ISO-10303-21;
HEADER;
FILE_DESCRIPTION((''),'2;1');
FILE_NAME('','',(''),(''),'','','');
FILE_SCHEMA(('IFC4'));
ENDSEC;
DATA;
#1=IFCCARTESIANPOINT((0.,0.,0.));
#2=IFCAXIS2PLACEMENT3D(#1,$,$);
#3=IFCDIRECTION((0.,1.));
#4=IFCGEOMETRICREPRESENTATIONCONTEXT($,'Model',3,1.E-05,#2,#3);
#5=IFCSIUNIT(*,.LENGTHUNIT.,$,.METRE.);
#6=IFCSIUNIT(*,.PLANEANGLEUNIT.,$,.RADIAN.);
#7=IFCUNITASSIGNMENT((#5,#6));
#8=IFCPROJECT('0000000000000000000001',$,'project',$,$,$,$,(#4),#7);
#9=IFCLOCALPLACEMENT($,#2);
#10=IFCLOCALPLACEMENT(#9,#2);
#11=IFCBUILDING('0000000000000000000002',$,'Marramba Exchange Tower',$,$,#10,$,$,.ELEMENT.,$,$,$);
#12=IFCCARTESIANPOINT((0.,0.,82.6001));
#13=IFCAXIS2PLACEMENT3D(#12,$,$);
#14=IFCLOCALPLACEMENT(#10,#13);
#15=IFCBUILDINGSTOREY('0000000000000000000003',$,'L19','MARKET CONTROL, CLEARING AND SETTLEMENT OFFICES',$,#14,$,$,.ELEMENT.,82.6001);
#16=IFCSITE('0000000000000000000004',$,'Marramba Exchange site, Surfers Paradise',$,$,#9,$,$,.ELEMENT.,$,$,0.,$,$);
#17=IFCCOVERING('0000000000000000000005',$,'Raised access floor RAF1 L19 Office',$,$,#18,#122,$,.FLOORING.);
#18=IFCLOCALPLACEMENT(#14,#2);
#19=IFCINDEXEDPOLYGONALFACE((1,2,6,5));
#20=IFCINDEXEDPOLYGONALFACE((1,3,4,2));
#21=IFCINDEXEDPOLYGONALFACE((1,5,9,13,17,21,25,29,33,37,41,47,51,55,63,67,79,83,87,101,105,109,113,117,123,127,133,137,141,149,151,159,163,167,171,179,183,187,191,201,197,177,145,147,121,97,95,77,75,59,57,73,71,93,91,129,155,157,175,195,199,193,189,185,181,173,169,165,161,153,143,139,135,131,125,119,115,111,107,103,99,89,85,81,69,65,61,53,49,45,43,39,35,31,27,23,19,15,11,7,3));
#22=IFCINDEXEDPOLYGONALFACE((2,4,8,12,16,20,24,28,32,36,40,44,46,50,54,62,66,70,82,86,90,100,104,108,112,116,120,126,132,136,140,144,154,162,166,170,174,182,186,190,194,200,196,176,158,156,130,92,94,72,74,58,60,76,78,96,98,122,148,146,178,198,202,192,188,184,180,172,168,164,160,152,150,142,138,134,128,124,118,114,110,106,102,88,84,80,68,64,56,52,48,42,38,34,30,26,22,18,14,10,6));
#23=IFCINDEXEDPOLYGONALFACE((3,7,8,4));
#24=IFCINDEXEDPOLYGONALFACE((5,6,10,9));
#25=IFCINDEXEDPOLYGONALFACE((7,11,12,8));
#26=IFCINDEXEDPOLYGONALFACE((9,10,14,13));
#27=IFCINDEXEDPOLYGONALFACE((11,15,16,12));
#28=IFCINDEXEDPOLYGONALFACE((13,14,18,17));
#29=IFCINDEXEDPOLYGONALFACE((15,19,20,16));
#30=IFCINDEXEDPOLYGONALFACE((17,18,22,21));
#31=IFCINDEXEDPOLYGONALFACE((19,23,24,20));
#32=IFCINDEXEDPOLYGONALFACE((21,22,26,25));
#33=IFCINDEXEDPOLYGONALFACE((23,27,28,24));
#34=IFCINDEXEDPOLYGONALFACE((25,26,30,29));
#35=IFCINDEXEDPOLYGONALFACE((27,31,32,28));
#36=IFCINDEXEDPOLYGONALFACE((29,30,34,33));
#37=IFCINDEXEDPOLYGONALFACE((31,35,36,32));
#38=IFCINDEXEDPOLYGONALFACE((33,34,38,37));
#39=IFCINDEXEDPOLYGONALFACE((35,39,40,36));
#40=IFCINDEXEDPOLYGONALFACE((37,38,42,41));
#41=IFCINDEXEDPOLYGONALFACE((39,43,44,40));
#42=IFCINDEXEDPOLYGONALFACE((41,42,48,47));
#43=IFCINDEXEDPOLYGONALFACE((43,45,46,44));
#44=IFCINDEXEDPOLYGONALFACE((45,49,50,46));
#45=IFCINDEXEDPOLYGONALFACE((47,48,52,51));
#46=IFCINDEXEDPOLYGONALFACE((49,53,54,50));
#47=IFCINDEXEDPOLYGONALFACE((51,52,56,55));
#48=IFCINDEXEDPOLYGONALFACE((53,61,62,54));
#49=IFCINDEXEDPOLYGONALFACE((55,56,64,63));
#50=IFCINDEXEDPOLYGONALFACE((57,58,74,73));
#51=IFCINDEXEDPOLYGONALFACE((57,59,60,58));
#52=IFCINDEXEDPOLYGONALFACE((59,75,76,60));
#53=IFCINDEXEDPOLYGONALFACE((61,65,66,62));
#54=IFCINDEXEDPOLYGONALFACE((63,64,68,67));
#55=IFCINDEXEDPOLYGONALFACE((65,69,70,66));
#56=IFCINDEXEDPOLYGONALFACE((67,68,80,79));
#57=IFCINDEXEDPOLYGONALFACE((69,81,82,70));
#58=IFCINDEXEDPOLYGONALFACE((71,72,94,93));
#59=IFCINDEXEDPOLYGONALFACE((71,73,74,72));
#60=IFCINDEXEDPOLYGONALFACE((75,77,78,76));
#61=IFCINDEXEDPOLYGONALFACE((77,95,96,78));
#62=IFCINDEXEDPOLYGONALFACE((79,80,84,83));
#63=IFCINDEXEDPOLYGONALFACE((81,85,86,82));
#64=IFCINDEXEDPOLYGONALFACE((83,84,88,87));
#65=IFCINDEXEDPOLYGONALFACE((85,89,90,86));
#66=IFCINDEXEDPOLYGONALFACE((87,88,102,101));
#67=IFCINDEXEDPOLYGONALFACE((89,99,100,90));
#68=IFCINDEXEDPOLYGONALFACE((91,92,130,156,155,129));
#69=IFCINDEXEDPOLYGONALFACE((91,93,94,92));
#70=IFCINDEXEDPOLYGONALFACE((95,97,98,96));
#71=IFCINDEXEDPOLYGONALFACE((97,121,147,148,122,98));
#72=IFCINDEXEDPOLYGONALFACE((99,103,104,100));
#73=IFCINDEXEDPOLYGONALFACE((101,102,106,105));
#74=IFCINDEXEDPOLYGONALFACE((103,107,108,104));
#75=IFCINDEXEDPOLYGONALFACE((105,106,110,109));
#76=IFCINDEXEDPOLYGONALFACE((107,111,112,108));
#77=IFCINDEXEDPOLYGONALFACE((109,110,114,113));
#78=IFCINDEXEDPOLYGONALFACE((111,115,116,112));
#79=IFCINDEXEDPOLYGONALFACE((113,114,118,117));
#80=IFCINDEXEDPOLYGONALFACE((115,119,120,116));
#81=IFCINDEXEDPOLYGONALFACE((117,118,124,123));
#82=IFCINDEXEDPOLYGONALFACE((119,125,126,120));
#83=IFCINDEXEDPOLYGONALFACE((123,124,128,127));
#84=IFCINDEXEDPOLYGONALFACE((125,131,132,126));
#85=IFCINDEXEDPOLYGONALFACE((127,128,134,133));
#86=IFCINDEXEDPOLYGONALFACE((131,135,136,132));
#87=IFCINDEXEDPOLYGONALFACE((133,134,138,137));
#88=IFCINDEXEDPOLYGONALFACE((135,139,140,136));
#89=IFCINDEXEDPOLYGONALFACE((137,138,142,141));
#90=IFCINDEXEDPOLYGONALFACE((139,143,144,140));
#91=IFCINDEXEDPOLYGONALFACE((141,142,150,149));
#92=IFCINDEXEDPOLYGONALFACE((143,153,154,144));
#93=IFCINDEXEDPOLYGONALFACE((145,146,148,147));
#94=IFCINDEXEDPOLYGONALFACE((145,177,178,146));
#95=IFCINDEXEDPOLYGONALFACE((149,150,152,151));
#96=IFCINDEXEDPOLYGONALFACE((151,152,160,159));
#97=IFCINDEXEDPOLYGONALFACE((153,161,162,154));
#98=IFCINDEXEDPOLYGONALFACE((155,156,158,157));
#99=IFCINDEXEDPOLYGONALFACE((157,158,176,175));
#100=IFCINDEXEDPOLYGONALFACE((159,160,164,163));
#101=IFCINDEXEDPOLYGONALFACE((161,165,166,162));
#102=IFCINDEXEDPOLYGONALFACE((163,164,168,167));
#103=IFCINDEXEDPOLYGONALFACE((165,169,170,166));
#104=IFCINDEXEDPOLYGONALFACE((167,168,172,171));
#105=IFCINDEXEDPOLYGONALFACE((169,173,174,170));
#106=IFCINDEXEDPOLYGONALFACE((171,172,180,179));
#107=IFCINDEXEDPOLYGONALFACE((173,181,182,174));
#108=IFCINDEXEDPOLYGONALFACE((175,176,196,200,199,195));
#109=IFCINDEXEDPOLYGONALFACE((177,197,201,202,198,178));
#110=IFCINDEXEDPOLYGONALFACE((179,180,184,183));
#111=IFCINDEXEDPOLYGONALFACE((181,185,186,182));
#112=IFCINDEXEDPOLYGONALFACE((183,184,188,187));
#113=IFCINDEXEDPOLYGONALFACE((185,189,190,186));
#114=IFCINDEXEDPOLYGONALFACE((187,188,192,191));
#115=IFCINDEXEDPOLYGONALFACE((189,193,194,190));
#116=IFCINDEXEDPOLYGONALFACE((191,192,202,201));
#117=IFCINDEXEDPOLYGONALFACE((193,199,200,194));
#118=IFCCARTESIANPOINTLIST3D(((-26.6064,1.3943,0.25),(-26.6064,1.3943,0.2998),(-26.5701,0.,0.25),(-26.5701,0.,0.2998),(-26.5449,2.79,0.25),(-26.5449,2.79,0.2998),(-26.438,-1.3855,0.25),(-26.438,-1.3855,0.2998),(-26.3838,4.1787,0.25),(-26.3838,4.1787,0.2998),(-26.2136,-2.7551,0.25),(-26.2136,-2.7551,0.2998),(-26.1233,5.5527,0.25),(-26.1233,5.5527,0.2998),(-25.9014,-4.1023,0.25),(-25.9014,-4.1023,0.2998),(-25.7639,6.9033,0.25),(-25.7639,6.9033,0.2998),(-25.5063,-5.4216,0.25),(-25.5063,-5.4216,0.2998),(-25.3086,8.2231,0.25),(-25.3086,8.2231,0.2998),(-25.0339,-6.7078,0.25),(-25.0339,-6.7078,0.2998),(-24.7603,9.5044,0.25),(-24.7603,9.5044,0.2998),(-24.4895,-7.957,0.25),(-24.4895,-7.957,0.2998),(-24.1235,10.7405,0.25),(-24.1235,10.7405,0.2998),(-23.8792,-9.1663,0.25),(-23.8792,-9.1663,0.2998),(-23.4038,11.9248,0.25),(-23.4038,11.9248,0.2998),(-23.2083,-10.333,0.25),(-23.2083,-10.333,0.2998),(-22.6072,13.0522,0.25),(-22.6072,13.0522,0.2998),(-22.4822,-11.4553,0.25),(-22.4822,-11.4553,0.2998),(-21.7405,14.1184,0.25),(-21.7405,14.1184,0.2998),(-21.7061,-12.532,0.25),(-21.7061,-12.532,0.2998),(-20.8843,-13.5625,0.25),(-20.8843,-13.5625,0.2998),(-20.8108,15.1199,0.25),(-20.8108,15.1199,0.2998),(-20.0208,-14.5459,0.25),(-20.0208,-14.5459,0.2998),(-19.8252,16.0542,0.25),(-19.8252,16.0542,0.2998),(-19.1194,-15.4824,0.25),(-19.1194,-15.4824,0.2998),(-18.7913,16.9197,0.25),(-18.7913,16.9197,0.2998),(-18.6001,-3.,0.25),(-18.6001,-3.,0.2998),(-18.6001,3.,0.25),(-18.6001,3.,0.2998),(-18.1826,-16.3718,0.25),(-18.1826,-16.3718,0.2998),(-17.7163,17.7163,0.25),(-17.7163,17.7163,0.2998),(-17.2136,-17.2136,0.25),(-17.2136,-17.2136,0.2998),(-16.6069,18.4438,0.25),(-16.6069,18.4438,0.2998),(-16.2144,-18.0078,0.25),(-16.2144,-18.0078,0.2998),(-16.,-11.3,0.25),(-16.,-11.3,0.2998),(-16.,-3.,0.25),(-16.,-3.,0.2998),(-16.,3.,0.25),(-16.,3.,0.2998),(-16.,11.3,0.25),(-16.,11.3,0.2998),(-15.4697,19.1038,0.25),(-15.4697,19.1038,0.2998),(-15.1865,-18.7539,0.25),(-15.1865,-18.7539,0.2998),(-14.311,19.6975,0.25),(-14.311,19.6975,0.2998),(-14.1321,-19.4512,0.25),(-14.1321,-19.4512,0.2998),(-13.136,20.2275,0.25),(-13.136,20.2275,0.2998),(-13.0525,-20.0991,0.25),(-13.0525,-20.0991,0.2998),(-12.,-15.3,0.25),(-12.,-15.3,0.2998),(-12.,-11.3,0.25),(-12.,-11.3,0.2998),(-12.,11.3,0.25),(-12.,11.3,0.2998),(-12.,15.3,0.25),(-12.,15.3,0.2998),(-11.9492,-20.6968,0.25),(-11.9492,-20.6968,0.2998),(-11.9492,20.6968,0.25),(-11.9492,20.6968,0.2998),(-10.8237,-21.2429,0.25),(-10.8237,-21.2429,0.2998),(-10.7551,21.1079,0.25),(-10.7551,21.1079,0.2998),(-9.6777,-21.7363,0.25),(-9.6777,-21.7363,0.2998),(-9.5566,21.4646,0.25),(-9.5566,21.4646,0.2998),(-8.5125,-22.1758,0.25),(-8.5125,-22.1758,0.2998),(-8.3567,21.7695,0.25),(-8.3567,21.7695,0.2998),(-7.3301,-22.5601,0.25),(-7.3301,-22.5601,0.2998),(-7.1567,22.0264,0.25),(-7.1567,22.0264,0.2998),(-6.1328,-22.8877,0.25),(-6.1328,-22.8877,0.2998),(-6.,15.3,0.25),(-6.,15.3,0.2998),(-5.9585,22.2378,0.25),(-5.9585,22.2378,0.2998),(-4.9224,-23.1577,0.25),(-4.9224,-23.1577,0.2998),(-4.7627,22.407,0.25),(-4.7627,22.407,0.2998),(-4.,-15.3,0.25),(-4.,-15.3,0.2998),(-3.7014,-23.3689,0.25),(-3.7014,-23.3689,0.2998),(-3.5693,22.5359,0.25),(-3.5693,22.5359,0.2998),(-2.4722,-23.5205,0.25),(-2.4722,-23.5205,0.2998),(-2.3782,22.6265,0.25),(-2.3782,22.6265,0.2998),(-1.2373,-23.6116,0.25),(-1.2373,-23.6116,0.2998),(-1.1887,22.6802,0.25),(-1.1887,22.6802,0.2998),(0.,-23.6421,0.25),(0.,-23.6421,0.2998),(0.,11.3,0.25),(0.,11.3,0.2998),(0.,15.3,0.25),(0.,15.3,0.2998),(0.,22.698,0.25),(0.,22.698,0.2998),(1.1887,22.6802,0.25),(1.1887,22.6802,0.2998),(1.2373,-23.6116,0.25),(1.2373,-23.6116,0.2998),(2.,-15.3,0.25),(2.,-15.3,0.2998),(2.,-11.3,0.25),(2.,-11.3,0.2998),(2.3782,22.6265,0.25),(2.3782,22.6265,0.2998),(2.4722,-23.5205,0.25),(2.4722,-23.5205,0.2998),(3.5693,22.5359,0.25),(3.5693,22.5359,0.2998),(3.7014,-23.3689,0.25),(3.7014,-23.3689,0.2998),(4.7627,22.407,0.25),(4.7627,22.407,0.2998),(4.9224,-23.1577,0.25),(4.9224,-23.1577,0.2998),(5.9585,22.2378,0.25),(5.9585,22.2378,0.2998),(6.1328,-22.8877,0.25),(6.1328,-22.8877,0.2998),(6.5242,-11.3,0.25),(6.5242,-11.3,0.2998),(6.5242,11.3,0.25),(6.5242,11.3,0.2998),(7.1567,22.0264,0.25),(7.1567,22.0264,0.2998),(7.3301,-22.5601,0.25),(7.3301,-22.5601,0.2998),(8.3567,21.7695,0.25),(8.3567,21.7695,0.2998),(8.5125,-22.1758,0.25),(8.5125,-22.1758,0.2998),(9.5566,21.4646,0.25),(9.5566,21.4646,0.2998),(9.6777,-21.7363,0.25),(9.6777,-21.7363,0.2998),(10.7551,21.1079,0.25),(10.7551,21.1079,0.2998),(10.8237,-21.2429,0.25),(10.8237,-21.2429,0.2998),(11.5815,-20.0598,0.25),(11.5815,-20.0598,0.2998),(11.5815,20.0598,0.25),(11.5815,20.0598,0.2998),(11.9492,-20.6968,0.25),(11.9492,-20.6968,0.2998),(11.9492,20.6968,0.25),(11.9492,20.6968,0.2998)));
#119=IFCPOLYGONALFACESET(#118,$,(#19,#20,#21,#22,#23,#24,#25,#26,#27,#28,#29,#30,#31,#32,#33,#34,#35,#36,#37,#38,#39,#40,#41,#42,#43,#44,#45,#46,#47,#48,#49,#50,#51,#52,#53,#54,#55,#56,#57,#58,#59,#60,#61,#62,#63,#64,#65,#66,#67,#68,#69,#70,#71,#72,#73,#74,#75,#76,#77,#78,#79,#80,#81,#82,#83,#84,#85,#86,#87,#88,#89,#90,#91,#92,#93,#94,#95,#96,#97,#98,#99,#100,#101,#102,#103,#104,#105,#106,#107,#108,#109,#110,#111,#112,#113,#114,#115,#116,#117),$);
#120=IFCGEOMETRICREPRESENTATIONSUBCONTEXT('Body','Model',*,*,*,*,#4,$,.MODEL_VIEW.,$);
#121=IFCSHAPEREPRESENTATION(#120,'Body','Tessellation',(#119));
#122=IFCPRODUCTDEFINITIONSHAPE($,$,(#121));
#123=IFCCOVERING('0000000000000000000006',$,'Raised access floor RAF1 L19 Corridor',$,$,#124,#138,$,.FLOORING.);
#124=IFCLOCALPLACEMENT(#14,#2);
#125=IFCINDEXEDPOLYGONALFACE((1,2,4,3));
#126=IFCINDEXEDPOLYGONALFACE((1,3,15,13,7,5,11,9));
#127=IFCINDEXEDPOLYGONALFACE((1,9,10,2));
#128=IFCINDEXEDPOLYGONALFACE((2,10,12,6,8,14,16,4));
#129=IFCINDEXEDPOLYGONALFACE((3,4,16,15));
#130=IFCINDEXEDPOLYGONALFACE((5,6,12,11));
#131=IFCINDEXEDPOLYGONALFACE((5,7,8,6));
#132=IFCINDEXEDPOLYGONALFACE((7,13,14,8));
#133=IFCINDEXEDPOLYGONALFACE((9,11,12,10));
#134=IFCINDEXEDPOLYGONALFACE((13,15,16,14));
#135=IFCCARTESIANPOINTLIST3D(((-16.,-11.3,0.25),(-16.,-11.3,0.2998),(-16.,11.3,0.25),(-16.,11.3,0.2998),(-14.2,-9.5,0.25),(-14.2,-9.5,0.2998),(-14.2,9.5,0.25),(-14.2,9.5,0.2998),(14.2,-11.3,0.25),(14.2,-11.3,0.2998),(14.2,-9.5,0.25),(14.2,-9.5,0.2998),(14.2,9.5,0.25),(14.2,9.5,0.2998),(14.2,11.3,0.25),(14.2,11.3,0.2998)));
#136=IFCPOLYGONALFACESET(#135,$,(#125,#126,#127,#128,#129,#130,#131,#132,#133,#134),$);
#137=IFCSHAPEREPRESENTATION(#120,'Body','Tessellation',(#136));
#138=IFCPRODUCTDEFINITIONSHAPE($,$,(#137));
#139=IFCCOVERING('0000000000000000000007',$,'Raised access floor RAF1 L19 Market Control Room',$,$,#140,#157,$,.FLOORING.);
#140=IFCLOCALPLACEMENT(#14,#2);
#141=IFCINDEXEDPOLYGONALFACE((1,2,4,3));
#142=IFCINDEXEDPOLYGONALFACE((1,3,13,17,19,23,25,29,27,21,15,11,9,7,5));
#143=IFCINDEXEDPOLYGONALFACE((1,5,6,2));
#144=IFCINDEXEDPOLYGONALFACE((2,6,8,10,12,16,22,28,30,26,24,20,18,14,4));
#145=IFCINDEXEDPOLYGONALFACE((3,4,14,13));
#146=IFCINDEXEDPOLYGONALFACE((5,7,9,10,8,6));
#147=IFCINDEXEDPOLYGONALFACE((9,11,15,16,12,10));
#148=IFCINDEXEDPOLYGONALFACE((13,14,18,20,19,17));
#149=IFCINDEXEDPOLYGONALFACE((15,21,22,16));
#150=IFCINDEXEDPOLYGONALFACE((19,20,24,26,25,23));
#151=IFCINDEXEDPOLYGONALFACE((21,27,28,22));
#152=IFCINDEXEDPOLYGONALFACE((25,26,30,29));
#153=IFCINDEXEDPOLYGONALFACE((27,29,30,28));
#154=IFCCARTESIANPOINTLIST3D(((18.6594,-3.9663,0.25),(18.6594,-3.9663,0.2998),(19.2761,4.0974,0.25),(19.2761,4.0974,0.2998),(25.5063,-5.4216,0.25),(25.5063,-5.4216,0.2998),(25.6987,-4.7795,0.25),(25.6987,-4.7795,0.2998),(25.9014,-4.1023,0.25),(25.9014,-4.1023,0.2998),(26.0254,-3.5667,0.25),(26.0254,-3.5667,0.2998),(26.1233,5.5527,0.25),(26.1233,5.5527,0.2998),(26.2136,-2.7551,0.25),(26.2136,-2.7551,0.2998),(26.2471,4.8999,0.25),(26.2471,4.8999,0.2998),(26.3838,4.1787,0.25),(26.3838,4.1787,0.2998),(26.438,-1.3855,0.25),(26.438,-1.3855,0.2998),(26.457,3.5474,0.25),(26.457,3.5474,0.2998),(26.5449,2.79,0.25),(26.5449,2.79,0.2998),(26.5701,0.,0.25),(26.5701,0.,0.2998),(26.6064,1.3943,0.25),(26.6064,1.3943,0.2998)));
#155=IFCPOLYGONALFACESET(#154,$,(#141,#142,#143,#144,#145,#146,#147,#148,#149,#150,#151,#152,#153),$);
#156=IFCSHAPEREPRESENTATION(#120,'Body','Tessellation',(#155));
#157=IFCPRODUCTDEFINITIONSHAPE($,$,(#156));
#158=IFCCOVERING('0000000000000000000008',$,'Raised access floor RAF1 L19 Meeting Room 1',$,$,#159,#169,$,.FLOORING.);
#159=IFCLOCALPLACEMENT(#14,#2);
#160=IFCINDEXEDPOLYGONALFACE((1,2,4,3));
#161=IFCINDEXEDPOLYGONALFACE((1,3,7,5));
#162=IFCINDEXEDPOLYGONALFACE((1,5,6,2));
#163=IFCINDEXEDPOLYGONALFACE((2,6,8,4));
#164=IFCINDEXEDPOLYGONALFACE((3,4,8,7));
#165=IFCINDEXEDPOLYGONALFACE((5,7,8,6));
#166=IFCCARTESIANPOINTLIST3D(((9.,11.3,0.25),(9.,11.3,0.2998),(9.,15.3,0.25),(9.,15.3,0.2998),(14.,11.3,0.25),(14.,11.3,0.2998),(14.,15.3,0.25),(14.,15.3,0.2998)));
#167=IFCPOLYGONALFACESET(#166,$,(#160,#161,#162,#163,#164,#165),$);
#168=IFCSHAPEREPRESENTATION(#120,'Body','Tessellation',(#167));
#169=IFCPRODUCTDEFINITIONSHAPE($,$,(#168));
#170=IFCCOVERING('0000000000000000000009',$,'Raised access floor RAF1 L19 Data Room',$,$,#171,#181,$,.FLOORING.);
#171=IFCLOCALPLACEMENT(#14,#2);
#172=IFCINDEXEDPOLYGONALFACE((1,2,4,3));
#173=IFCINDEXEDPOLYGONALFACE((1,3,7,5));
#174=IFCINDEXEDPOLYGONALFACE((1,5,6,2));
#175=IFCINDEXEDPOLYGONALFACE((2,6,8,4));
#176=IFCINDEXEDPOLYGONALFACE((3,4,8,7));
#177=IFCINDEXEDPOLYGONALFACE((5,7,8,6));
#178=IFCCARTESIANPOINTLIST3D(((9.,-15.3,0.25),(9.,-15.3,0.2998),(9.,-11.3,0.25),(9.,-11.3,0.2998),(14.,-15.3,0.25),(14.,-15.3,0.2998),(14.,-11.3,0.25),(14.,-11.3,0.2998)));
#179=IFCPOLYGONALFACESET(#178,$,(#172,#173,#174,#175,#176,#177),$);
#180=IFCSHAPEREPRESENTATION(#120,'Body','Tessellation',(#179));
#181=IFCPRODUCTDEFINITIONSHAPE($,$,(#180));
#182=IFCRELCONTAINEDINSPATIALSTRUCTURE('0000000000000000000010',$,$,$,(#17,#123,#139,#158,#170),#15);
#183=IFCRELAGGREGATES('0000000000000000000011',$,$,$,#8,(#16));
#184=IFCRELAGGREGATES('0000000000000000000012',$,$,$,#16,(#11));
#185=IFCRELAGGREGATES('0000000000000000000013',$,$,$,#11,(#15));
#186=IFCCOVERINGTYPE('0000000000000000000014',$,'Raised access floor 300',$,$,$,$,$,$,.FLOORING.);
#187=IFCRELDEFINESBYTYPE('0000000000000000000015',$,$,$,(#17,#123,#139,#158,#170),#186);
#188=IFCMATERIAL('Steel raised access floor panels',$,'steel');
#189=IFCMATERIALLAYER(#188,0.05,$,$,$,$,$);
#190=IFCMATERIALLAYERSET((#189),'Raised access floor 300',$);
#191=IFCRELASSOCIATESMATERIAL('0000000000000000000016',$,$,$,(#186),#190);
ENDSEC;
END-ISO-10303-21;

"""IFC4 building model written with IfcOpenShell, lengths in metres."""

from ifc_helpers import new_model, si_unit, direction, frame, origin, place, context, subcontext, project, spatial, polyline, outline, extrude, material, layer, layer_set, type_object, element, save


model = new_model("IFC4")

# Units and contexts
model_context = context("Model", 3, precision=1e-05, world=origin(), true_north=direction((0.0, 1.0)))
body_context = subcontext(model_context, "Body", "Model", "MODEL_VIEW")
ifc_project = project(units=[si_unit("LENGTHUNIT", "METRE"), si_unit("PLANEANGLEUNIT", "RADIAN")], contexts=[model_context])

# Site, building, storey
site_placement = place(None, origin())
site = spatial("IfcSite", under=ifc_project, at=site_placement, Name="Marramba Exchange site, Surfers Paradise", CompositionType="ELEMENT", RefElevation=0.0)
building_placement = place(site_placement, origin())
building = spatial("IfcBuilding", under=site, at=building_placement, Name="Marramba Exchange Tower", CompositionType="ELEMENT")
storey_placement = place(building_placement, frame((0.0, 0.0, 82.6001)))
storey = spatial("IfcBuildingStorey", under=building, at=storey_placement, Name="L19", Description="MARKET CONTROL, CLEARING AND SETTLEMENT OFFICES", CompositionType="ELEMENT", Elevation=82.6001)

# Coverings
ifc_material_1 = material(Name="Steel raised access floor panels", Category="steel")
ifc_layer_1 = layer(ifc_material_1, 0.05)
ifc_layer_set_1 = layer_set([ifc_layer_1], Name="Raised access floor 300")
covering_type_1 = type_object("IfcCoveringType", Name="Raised access floor 300", PredefinedType="FLOORING", material=ifc_layer_set_1)
covering_1_placement = place(storey_placement, frame((0.0, 0.0, 0.25)))
element("IfcCovering", 1, at=covering_1_placement, inside=storey, type_object=covering_type_1, Name="Raised access floor RAF1 L19 Office", PredefinedType="FLOORING", context=body_context, shape_type="SweptSolid", body=[
    extrude(outline(polyline([(-16.0, 3.0), (-18.6001, 3.0), (-18.6001, -3.0), (-16.0, -3.0), (-16.0, -11.3), (-12.0, -11.3), (-12.0, -15.3), (-4.0, -15.3), (2.0, -15.3), (2.0, -11.3), (6.5242, -11.3), (11.5815, -20.0598), (11.9492, -20.6968), (10.8237, -21.2429), (9.6777, -21.7363), (8.5125, -22.1758), (7.3301, -22.5601), (6.1328, -22.8877), (4.9224, -23.1577), (3.7014, -23.3689), (2.4722, -23.5205), (1.2373, -23.6116), (0.0, -23.6421), (-1.2373, -23.6116), (-2.4722, -23.5205), (-3.7014, -23.3689), (-4.9224, -23.1577), (-6.1328, -22.8877), (-7.3301, -22.5601), (-8.5125, -22.1758), (-9.6777, -21.7363), (-10.8237, -21.2429), (-11.9492, -20.6968), (-13.0525, -20.0991), (-14.1321, -19.4512), (-15.1865, -18.7539), (-16.2144, -18.0078), (-17.2136, -17.2136), (-18.1826, -16.3718), (-19.1194, -15.4824), (-20.0208, -14.5459), (-20.8843, -13.5625), (-21.7061, -12.532), (-22.4822, -11.4553), (-23.2083, -10.333), (-23.8792, -9.1663), (-24.4895, -7.957), (-25.0339, -6.7078), (-25.5063, -5.4216), (-25.9014, -4.1023), (-26.2136, -2.7551), (-26.438, -1.3855), (-26.5701, 0.0), (-26.6064, 1.3943), (-26.5449, 2.79), (-26.3838, 4.1787), (-26.1233, 5.5527), (-25.7639, 6.9033), (-25.3086, 8.2231), (-24.7603, 9.5044), (-24.1235, 10.7405), (-23.4038, 11.9248), (-22.6072, 13.0522), (-21.7405, 14.1184), (-20.8108, 15.1199), (-19.8252, 16.0542), (-18.7913, 16.9197), (-17.7163, 17.7163), (-16.6069, 18.4438), (-15.4697, 19.1038), (-14.311, 19.6975), (-13.136, 20.2275), (-11.9492, 20.6968), (-10.7551, 21.1079), (-9.5566, 21.4646), (-8.3567, 21.7695), (-7.1567, 22.0264), (-5.9585, 22.2378), (-4.7627, 22.407), (-3.5693, 22.5359), (-2.3782, 22.6265), (-1.1887, 22.6802), (0.0, 22.698), (1.1887, 22.6802), (2.3782, 22.6265), (3.5693, 22.5359), (4.7627, 22.407), (5.9585, 22.2378), (7.1567, 22.0264), (8.3567, 21.7695), (9.5566, 21.4646), (10.7551, 21.1079), (11.9492, 20.6968), (11.5815, 20.0598), (6.5242, 11.3), (0.0, 11.3), (0.0, 15.3), (-6.0, 15.3), (-12.0, 15.3), (-12.0, 11.3), (-16.0, 11.3), (-16.0, 3.0)])), origin(), (0.0, 0.0, 1.0), 0.0498),
])
covering_2_placement = place(storey_placement, frame((0.0, 0.0, 0.25)))
element("IfcCovering", 2, at=covering_2_placement, inside=storey, type_object=covering_type_1, Name="Raised access floor RAF1 L19 Corridor", PredefinedType="FLOORING", context=body_context, shape_type="SweptSolid", body=[
    extrude(outline(polyline([(-16.0, -11.3), (-16.0, 11.3), (14.2, 11.3), (14.2, 9.5), (-14.2, 9.5), (-14.2, -9.5), (14.2, -9.5), (14.2, -11.3), (-16.0, -11.3)])), origin(), (0.0, 0.0, 1.0), 0.0498),
])
covering_3_placement = place(storey_placement, frame((0.0, 0.0, 0.25)))
element("IfcCovering", 3, at=covering_3_placement, inside=storey, type_object=covering_type_1, Name="Raised access floor RAF1 L19 Market Control Room", PredefinedType="FLOORING", context=body_context, shape_type="SweptSolid", body=[
    extrude(outline(polyline([(26.2471, 4.8999), (26.3838, 4.1787), (26.457, 3.5474), (26.5449, 2.79), (26.6064, 1.3943), (26.5701, 0.0), (26.438, -1.3855), (26.2136, -2.7551), (26.0254, -3.5667), (25.9014, -4.1023), (25.6987, -4.7795), (25.5063, -5.4216), (18.6594, -3.9663), (19.2761, 4.0974), (26.1233, 5.5527), (26.2471, 4.8999)])), origin(), (0.0, 0.0, 1.0), 0.0498),
])
covering_4_placement = place(storey_placement, frame((0.0, 0.0, 0.25)))
element("IfcCovering", 4, at=covering_4_placement, inside=storey, type_object=covering_type_1, Name="Raised access floor RAF1 L19 Meeting Room 1", PredefinedType="FLOORING", context=body_context, shape_type="SweptSolid", body=[
    extrude(outline(polyline([(14.0, 11.3), (9.0, 11.3), (9.0, 15.3), (14.0, 15.3), (14.0, 11.3)])), origin(), (0.0, 0.0, 1.0), 0.0498),
])
covering_5_placement = place(storey_placement, frame((0.0, 0.0, 0.25)))
element("IfcCovering", 5, at=covering_5_placement, inside=storey, type_object=covering_type_1, Name="Raised access floor RAF1 L19 Data Room", PredefinedType="FLOORING", context=body_context, shape_type="SweptSolid", body=[
    extrude(outline(polyline([(14.0, -15.3), (9.0, -15.3), (9.0, -11.3), (14.0, -11.3), (14.0, -15.3)])), origin(), (0.0, 0.0, 1.0), 0.0498),
])

save(model, "model.ifc")
